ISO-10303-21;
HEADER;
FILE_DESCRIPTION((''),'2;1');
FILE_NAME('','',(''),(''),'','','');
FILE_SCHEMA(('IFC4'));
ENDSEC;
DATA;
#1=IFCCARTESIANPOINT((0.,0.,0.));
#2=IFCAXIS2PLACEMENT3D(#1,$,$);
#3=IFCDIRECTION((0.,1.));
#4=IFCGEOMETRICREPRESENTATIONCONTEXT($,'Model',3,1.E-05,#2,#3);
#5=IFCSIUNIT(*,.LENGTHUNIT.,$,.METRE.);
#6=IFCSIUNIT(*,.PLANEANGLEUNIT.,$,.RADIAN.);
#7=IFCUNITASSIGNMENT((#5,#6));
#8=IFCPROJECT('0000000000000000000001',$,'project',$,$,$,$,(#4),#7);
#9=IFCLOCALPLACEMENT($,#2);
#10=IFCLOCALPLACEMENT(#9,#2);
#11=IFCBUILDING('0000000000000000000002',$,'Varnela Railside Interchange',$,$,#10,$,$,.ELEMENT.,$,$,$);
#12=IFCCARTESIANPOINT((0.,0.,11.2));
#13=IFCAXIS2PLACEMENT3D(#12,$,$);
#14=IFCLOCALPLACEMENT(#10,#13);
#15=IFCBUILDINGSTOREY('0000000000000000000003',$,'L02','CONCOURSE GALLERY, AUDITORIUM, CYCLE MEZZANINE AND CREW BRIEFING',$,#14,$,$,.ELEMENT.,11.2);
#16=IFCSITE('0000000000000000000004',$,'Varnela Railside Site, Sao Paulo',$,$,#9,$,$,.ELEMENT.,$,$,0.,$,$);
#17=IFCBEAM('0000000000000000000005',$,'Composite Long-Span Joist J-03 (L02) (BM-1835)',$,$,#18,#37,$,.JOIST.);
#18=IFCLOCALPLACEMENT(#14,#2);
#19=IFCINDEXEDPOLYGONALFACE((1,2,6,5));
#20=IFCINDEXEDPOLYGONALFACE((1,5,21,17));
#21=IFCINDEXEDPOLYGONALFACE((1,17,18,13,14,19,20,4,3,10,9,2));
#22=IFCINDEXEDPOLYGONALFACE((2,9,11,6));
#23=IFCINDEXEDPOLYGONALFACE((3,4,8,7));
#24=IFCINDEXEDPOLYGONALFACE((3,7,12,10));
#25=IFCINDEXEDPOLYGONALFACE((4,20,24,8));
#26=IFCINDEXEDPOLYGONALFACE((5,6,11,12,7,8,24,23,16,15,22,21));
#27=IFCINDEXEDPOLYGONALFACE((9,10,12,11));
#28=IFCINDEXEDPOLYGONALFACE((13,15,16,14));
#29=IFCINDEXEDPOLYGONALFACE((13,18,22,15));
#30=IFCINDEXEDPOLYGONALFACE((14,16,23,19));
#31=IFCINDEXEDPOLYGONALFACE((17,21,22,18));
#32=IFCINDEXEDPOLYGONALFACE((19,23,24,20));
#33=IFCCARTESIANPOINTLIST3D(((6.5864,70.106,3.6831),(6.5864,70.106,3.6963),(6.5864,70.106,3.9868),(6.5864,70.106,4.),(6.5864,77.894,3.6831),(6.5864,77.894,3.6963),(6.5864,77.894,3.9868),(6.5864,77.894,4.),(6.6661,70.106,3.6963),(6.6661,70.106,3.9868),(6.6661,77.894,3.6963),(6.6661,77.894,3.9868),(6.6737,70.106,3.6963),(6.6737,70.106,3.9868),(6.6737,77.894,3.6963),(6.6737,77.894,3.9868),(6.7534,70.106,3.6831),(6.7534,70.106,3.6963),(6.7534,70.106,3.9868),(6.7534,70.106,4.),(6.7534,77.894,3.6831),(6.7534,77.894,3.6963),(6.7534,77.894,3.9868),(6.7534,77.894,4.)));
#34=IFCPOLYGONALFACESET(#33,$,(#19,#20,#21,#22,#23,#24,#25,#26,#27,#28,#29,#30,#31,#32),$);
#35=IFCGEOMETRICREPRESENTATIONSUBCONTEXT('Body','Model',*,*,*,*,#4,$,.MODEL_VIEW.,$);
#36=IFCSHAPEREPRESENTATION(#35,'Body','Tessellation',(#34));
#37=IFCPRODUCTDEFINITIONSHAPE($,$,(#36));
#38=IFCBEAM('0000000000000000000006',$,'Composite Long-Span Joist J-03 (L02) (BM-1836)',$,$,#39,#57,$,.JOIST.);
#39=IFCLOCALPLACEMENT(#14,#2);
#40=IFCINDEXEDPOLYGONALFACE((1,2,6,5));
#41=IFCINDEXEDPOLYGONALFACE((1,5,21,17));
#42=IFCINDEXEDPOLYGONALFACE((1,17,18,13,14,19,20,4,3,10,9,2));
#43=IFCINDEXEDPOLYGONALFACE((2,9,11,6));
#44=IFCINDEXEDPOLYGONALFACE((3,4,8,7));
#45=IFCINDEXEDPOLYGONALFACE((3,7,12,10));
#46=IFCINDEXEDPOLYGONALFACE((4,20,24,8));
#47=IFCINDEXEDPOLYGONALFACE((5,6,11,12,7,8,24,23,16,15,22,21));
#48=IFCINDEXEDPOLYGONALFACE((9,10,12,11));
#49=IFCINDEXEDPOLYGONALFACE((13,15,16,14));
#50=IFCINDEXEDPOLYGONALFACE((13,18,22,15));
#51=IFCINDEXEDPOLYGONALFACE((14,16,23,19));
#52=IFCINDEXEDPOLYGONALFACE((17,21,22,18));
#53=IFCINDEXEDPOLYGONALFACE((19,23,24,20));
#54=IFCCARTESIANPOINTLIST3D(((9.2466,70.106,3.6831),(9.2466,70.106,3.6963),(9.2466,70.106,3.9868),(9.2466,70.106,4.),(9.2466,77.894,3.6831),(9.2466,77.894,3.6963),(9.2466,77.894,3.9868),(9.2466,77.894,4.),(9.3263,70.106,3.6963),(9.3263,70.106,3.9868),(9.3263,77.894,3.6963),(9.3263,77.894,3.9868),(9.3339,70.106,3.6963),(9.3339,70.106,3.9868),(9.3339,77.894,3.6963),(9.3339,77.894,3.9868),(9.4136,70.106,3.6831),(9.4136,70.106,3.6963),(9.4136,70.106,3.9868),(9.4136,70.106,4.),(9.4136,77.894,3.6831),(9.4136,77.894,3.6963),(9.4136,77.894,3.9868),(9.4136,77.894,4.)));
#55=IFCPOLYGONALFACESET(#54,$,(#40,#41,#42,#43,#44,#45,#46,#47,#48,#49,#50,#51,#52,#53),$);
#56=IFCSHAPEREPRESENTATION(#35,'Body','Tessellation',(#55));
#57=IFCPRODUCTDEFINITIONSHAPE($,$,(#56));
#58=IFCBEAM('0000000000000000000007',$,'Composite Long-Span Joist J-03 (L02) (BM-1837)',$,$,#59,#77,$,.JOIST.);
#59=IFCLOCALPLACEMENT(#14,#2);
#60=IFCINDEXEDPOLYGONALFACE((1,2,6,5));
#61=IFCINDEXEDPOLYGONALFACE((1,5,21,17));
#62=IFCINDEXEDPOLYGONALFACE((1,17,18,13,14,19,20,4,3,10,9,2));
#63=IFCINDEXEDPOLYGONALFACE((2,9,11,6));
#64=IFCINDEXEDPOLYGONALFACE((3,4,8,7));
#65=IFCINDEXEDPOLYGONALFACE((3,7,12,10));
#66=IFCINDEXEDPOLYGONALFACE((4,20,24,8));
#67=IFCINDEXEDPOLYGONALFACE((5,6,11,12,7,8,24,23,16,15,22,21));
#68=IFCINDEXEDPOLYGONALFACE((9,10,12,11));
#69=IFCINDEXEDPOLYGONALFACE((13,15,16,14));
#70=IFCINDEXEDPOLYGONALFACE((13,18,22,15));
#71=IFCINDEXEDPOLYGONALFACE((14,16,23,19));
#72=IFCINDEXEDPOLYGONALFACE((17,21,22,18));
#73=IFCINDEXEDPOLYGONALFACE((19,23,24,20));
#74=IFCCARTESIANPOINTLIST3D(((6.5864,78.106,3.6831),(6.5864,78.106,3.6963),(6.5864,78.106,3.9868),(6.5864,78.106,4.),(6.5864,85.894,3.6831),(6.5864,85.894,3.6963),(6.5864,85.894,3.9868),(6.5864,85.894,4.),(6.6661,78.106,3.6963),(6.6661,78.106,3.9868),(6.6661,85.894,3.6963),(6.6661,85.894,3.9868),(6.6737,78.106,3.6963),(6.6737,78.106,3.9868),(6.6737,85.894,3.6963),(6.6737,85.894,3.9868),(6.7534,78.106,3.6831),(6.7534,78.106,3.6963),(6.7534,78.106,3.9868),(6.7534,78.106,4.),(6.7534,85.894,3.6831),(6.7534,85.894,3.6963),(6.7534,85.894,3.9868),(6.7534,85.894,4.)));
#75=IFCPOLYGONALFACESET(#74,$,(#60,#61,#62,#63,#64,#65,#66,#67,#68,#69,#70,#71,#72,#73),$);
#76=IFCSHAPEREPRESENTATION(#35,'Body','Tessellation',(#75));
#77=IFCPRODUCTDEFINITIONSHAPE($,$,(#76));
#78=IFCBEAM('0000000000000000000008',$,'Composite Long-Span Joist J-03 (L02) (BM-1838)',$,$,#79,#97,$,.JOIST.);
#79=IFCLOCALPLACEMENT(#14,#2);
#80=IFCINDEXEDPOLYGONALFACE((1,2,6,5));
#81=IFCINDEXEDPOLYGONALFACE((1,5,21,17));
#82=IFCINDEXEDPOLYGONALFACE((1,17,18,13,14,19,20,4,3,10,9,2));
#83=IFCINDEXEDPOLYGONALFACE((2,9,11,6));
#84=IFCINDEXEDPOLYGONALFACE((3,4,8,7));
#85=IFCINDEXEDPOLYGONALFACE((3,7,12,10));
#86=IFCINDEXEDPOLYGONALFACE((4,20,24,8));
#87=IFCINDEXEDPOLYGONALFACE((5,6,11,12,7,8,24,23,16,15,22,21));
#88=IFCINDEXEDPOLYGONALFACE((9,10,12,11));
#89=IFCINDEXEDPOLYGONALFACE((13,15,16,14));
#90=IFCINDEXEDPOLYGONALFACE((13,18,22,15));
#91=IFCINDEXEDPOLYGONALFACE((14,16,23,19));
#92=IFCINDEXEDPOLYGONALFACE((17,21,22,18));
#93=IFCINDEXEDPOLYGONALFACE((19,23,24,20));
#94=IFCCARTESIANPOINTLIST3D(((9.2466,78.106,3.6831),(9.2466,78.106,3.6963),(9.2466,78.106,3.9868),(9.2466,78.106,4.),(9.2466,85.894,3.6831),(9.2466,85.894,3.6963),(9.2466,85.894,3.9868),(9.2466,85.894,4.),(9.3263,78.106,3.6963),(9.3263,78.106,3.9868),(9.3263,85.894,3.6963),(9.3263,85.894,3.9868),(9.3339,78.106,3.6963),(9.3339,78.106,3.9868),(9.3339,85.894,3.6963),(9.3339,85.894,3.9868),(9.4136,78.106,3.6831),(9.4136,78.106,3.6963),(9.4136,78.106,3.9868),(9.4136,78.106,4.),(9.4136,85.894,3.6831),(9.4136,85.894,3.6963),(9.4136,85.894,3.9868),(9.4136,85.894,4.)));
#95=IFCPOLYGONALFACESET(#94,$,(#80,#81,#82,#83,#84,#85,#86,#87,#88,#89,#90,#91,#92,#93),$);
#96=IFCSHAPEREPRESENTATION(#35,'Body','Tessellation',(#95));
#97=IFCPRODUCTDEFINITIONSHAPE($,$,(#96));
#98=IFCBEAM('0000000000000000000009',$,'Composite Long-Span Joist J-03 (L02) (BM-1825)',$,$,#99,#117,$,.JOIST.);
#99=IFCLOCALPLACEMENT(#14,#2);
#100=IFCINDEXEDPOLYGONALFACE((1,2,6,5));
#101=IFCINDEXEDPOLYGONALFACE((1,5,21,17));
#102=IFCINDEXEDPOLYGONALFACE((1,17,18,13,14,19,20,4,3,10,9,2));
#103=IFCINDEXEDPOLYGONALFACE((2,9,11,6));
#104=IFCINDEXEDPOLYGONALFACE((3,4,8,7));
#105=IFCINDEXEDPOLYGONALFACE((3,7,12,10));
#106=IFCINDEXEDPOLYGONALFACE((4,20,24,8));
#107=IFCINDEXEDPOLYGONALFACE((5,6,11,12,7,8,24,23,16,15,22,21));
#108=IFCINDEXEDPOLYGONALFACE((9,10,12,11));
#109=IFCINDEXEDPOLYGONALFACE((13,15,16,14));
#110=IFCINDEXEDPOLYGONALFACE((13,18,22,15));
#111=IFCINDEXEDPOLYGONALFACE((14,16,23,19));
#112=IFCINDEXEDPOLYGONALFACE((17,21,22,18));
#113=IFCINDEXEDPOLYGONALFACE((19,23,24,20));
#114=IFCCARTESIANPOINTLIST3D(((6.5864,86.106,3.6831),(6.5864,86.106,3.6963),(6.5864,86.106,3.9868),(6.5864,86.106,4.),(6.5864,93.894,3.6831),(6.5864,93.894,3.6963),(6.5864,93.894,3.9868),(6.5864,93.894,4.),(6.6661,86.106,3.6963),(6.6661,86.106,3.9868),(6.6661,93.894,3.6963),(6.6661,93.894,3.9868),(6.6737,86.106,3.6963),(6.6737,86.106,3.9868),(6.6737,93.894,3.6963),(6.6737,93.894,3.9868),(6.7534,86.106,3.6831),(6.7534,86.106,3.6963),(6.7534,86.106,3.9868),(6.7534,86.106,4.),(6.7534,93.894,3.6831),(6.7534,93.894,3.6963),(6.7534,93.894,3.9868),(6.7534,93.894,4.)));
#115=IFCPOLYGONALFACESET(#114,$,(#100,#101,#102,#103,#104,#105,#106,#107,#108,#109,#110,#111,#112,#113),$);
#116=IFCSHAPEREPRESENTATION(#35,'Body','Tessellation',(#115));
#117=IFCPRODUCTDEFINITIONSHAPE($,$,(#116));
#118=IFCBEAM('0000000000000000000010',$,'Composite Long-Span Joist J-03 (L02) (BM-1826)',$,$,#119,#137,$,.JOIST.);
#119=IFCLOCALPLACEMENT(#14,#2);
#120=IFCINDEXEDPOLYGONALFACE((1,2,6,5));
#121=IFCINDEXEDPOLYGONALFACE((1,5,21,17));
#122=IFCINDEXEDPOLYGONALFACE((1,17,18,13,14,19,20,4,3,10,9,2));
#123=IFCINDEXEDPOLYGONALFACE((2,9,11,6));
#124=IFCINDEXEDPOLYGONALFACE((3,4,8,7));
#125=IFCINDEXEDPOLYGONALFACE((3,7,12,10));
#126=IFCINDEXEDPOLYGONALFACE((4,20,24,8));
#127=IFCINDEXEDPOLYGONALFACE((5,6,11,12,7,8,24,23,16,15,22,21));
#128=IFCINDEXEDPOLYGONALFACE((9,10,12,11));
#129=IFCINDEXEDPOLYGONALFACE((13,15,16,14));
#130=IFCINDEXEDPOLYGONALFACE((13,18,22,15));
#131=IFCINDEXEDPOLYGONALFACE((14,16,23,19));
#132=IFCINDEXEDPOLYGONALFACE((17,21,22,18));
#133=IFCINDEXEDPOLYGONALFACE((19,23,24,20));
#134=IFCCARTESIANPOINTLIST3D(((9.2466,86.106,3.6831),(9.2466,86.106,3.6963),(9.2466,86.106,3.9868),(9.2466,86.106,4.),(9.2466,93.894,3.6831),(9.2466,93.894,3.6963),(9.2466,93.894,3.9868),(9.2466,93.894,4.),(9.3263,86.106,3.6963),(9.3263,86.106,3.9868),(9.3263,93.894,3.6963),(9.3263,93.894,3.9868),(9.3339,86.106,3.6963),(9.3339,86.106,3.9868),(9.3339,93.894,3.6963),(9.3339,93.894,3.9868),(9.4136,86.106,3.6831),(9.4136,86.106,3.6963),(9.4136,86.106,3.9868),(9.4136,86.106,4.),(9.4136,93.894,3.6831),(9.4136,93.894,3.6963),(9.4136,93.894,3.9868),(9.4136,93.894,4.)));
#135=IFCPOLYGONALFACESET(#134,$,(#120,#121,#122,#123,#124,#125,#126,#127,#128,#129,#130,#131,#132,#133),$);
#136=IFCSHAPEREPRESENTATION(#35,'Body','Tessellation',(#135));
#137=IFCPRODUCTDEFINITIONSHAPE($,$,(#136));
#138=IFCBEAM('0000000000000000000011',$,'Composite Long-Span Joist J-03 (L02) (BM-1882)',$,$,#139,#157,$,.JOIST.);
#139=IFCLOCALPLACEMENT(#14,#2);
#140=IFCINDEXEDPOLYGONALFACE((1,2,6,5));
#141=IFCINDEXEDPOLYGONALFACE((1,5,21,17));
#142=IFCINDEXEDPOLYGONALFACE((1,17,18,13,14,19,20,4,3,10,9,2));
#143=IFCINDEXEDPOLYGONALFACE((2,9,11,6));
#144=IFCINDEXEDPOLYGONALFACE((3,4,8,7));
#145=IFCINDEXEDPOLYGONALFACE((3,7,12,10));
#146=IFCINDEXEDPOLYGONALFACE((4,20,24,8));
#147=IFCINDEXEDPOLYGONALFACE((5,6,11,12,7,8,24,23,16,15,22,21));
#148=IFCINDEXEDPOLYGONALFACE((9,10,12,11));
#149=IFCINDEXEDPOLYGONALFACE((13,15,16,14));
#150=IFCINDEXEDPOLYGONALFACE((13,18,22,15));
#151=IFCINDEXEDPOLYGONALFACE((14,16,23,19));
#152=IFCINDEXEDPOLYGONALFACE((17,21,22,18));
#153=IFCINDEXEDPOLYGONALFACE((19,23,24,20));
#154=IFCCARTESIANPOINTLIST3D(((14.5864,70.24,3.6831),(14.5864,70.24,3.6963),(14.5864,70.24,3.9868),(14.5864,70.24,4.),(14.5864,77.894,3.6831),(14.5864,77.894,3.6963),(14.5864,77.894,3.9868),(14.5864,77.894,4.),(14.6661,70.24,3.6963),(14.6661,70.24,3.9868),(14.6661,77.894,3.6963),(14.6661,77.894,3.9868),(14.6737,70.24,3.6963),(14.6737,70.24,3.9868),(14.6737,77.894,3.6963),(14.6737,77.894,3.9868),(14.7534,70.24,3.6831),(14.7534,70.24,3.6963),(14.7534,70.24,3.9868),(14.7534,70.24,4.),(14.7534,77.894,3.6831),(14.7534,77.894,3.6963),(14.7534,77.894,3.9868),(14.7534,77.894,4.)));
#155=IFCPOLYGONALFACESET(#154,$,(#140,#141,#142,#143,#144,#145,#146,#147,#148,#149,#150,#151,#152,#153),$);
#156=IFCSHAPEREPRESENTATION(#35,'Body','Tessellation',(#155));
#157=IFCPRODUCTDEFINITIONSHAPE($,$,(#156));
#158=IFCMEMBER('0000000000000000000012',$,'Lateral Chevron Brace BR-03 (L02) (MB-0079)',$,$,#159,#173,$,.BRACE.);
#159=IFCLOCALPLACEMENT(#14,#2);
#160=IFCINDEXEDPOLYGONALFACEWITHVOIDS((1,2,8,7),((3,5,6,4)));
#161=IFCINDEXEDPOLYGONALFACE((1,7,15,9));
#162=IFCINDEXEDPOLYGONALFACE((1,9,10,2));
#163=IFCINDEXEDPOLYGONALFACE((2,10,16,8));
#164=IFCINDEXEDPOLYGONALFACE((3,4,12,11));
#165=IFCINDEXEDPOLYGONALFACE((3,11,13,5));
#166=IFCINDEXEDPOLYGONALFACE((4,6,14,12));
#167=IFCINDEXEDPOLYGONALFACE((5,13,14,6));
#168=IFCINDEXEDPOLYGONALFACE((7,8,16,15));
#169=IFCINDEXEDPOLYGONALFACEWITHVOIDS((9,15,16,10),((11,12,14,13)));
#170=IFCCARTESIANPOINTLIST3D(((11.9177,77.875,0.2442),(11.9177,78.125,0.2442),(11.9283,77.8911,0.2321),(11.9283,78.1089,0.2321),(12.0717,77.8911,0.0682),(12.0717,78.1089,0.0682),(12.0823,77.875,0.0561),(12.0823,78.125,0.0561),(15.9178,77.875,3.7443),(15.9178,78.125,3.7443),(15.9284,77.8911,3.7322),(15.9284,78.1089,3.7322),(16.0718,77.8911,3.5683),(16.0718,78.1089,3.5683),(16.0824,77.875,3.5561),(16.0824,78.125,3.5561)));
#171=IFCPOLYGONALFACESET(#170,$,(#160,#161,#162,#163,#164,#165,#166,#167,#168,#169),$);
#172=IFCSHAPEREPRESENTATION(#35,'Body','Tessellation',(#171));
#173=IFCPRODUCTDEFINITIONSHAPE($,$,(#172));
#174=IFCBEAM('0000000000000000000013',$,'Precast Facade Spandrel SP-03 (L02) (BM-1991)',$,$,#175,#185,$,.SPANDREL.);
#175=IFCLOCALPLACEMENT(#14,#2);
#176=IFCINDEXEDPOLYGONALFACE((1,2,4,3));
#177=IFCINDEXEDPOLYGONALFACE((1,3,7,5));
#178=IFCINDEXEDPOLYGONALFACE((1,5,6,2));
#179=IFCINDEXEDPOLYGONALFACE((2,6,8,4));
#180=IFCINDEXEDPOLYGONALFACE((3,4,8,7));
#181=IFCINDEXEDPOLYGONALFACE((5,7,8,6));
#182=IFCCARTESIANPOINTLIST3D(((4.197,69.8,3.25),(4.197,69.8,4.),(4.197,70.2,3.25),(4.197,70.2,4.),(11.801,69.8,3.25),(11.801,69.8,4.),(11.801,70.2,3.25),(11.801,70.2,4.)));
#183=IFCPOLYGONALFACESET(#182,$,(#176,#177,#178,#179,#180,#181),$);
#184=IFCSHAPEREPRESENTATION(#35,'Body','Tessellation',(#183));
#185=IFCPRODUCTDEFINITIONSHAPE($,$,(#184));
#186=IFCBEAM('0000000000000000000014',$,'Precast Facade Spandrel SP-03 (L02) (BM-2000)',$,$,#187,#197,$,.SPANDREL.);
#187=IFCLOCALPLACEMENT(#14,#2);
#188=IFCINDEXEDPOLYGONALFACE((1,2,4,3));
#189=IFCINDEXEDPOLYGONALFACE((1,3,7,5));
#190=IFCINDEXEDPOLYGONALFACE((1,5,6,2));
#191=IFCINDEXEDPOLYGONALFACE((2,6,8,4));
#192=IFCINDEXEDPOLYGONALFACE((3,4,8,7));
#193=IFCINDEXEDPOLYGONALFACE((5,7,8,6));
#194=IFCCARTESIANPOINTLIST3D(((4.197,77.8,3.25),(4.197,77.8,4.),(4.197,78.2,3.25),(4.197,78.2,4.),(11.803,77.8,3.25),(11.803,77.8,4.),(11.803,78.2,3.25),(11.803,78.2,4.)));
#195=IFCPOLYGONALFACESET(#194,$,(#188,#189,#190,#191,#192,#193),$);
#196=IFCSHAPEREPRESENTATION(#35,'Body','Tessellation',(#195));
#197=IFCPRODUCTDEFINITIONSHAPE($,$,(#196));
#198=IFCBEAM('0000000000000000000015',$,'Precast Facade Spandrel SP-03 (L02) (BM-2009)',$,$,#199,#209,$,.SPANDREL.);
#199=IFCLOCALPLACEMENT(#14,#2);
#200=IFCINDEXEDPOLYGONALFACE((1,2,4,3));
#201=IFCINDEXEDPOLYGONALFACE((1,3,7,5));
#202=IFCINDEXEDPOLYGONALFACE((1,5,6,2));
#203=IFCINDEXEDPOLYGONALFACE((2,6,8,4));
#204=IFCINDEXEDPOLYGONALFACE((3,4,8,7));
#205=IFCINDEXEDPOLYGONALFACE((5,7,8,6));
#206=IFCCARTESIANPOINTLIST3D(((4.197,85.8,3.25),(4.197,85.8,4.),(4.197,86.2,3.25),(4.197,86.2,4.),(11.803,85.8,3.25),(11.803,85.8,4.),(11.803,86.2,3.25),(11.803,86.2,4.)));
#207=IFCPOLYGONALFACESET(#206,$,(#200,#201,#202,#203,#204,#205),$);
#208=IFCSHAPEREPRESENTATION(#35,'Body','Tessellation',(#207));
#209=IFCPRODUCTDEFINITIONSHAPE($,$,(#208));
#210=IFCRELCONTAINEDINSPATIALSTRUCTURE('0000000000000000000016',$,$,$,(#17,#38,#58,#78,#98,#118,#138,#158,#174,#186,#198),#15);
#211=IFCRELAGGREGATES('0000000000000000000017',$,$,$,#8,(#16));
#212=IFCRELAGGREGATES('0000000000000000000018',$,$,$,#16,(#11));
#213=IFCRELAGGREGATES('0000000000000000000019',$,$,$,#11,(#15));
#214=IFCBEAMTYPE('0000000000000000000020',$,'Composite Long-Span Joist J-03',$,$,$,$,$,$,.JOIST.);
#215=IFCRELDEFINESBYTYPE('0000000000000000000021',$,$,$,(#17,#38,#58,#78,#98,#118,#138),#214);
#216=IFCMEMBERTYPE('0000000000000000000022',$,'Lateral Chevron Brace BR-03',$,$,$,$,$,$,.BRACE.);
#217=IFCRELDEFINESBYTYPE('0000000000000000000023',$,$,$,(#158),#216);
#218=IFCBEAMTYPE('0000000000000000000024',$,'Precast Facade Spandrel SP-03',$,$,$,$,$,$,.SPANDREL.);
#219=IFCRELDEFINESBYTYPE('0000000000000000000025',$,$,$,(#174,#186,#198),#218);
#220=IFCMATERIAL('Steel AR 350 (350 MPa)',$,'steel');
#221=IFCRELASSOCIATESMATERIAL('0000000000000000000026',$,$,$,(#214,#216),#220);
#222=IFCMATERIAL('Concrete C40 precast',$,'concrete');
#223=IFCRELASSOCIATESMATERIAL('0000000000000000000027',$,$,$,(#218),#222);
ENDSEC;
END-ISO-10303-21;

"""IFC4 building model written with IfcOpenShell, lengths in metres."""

from ifc_helpers import new_model, si_unit, direction, frame, origin, origin_2d, place, context, subcontext, project, spatial, rectangle, hollow_rectangle, i_section, extrude, material, material_profile, profile_set, type_object, element, save


model = new_model("IFC4")

# Units and contexts
model_context = context("Model", 3, precision=1e-05, world=origin(), true_north=direction((0.0, 1.0)))
body_context = subcontext(model_context, "Body", "Model", "MODEL_VIEW")
ifc_project = project(units=[si_unit("LENGTHUNIT", "METRE"), si_unit("PLANEANGLEUNIT", "RADIAN")], contexts=[model_context])

# Site, building, storey
site_placement = place(None, origin())
site = spatial("IfcSite", under=ifc_project, at=site_placement, Name="Varnela Railside Site, Sao Paulo", CompositionType="ELEMENT", RefElevation=0.0)
building_placement = place(site_placement, origin())
building = spatial("IfcBuilding", under=site, at=building_placement, Name="Varnela Railside Interchange", CompositionType="ELEMENT")
storey_placement = place(building_placement, frame((0.0, 0.0, 11.2)))
storey = spatial("IfcBuildingStorey", under=building, at=storey_placement, Name="L02", Description="CONCOURSE GALLERY, AUDITORIUM, CYCLE MEZZANINE AND CREW BRIEFING", CompositionType="ELEMENT", Elevation=11.2)

# Shared definitions
ifc_material_1 = material(Name="Steel AR 350 (350 MPa)", Category="steel")

# Beams
ifc_material_profile_1 = material_profile(ifc_material_1, i_section(OverallWidth=0.167, OverallDepth=0.3169, WebThickness=0.0076, FlangeThickness=0.0132, at=origin_2d()), Name="W310x52")
ifc_profile_set_1 = profile_set([ifc_material_profile_1], Name="Steel AR 350 (350 MPa)")
beam_type_1 = type_object("IfcBeamType", Name="Composite Long-Span Joist J-03", PredefinedType="JOIST", material=ifc_profile_set_1)
for number, where, z_axis, x_axis, name in (
    (1, (6.6699, 70.106, 3.8416), (0.0, 1.0, 0.0), (-1.0, 0.0, 0.0), "Composite Long-Span Joist J-03 (L02) (BM-1835)"),
    (2, (9.3301, 70.106, 3.8416), (0.0, 1.0, 0.0), (-1.0, 0.0, 0.0), "Composite Long-Span Joist J-03 (L02) (BM-1836)"),
    (3, (6.6699, 78.106, 3.8416), (0.0, 1.0, 0.0), (-1.0, 0.0, 0.0), "Composite Long-Span Joist J-03 (L02) (BM-1837)"),
    (4, (9.3301, 78.106, 3.8416), (0.0, 1.0, 0.0), (-1.0, 0.0, 0.0), "Composite Long-Span Joist J-03 (L02) (BM-1838)"),
    (5, (6.6699, 86.106, 3.8416), (0.0, 1.0, 0.0), (-1.0, 0.0, 0.0), "Composite Long-Span Joist J-03 (L02) (BM-1825)"),
    (6, (9.3301, 86.106, 3.8416), (0.0, 1.0, 0.0), (-1.0, 0.0, 0.0), "Composite Long-Span Joist J-03 (L02) (BM-1826)"),
):
    element("IfcBeam", number, at=place(storey_placement, frame(where, z_axis=z_axis, x_axis=x_axis)), inside=storey, type_object=beam_type_1, Name=name, PredefinedType="JOIST", context=body_context, shape_type="SweptSolid", body=[
        extrude(i_section(OverallWidth=0.167, OverallDepth=0.3169, WebThickness=0.0076, FlangeThickness=0.0132, at=origin_2d()), origin(), (0.0, 0.0, 1.0), 7.7881),
    ])
beam_1_placement = place(storey_placement, frame((14.6699, 70.24, 3.8416), z_axis=(0.0, 1.0, 0.0), x_axis=(-1.0, 0.0, 0.0)))
element("IfcBeam", 7, at=beam_1_placement, inside=storey, type_object=beam_type_1, Name="Composite Long-Span Joist J-03 (L02) (BM-1882)", PredefinedType="JOIST", context=body_context, shape_type="SweptSolid", body=[
    extrude(i_section(OverallWidth=0.167, OverallDepth=0.3169, WebThickness=0.0076, FlangeThickness=0.0132, at=origin_2d()), origin(), (0.0, 0.0, 1.0), 7.6541),
])

# Member
ifc_material_profile_2 = material_profile(ifc_material_1, hollow_rectangle(XDim=0.25, YDim=0.25, WallThickness=0.0161, at=origin_2d()), Name="HSS 250x250x16")
ifc_profile_set_2 = profile_set([ifc_material_profile_2], Name="Steel AR 350 (350 MPa)")
member_type = type_object("IfcMemberType", Name="Lateral Chevron Brace BR-03", PredefinedType="BRACE", material=ifc_profile_set_2)
member_placement = place(storey_placement, frame((12.0, 78.0, 0.1501), z_axis=(0.752577, 0.0, 0.658505), x_axis=(0.0, 1.0, 0.0)))
element("IfcMember", 8, at=member_placement, inside=storey, type_object=member_type, Name="Lateral Chevron Brace BR-03 (L02) (MB-0079)", PredefinedType="BRACE", context=body_context, shape_type="SweptSolid", body=[
    extrude(hollow_rectangle(XDim=0.25, YDim=0.25, WallThickness=0.0161, at=origin_2d()), origin(), (0.0, 0.0, 1.0), 5.3152),
])

# Beams
ifc_material_2 = material(Name="Concrete C40 precast", Category="concrete")
ifc_material_profile_3 = material_profile(ifc_material_2, rectangle(XDim=0.3999, YDim=0.75, at=origin_2d()), Name="PC 400x750")
ifc_profile_set_3 = profile_set([ifc_material_profile_3], Name="Concrete C40 precast")
beam_type_2 = type_object("IfcBeamType", Name="Precast Facade Spandrel SP-03", PredefinedType="SPANDREL", material=ifc_profile_set_3)
beam_2_placement = place(storey_placement, frame((4.197, 70.0, 3.625), z_axis=(1.0, 0.0, 0.0), x_axis=(0.0, 1.0, 0.0)))
element("IfcBeam", 9, at=beam_2_placement, inside=storey, type_object=beam_type_2, Name="Precast Facade Spandrel SP-03 (L02) (BM-1991)", PredefinedType="SPANDREL", context=body_context, shape_type="SweptSolid", body=[
    extrude(rectangle(XDim=0.3999, YDim=0.75, at=origin_2d()), origin(), (0.0, 0.0, 1.0), 7.604),
])
for number, where, z_axis, x_axis, name in (
    (10, (4.197, 78.0, 3.625), (1.0, 0.0, 0.0), (0.0, 1.0, 0.0), "Precast Facade Spandrel SP-03 (L02) (BM-2000)"),
    (11, (4.197, 86.0, 3.625), (1.0, 0.0, 0.0), (0.0, 1.0, 0.0), "Precast Facade Spandrel SP-03 (L02) (BM-2009)"),
):
    element("IfcBeam", number, at=place(storey_placement, frame(where, z_axis=z_axis, x_axis=x_axis)), inside=storey, type_object=beam_type_2, Name=name, PredefinedType="SPANDREL", context=body_context, shape_type="SweptSolid", body=[
        extrude(rectangle(XDim=0.3999, YDim=0.75, at=origin_2d()), origin(), (0.0, 0.0, 1.0), 7.606),
    ])

save(model, "model.ifc")
